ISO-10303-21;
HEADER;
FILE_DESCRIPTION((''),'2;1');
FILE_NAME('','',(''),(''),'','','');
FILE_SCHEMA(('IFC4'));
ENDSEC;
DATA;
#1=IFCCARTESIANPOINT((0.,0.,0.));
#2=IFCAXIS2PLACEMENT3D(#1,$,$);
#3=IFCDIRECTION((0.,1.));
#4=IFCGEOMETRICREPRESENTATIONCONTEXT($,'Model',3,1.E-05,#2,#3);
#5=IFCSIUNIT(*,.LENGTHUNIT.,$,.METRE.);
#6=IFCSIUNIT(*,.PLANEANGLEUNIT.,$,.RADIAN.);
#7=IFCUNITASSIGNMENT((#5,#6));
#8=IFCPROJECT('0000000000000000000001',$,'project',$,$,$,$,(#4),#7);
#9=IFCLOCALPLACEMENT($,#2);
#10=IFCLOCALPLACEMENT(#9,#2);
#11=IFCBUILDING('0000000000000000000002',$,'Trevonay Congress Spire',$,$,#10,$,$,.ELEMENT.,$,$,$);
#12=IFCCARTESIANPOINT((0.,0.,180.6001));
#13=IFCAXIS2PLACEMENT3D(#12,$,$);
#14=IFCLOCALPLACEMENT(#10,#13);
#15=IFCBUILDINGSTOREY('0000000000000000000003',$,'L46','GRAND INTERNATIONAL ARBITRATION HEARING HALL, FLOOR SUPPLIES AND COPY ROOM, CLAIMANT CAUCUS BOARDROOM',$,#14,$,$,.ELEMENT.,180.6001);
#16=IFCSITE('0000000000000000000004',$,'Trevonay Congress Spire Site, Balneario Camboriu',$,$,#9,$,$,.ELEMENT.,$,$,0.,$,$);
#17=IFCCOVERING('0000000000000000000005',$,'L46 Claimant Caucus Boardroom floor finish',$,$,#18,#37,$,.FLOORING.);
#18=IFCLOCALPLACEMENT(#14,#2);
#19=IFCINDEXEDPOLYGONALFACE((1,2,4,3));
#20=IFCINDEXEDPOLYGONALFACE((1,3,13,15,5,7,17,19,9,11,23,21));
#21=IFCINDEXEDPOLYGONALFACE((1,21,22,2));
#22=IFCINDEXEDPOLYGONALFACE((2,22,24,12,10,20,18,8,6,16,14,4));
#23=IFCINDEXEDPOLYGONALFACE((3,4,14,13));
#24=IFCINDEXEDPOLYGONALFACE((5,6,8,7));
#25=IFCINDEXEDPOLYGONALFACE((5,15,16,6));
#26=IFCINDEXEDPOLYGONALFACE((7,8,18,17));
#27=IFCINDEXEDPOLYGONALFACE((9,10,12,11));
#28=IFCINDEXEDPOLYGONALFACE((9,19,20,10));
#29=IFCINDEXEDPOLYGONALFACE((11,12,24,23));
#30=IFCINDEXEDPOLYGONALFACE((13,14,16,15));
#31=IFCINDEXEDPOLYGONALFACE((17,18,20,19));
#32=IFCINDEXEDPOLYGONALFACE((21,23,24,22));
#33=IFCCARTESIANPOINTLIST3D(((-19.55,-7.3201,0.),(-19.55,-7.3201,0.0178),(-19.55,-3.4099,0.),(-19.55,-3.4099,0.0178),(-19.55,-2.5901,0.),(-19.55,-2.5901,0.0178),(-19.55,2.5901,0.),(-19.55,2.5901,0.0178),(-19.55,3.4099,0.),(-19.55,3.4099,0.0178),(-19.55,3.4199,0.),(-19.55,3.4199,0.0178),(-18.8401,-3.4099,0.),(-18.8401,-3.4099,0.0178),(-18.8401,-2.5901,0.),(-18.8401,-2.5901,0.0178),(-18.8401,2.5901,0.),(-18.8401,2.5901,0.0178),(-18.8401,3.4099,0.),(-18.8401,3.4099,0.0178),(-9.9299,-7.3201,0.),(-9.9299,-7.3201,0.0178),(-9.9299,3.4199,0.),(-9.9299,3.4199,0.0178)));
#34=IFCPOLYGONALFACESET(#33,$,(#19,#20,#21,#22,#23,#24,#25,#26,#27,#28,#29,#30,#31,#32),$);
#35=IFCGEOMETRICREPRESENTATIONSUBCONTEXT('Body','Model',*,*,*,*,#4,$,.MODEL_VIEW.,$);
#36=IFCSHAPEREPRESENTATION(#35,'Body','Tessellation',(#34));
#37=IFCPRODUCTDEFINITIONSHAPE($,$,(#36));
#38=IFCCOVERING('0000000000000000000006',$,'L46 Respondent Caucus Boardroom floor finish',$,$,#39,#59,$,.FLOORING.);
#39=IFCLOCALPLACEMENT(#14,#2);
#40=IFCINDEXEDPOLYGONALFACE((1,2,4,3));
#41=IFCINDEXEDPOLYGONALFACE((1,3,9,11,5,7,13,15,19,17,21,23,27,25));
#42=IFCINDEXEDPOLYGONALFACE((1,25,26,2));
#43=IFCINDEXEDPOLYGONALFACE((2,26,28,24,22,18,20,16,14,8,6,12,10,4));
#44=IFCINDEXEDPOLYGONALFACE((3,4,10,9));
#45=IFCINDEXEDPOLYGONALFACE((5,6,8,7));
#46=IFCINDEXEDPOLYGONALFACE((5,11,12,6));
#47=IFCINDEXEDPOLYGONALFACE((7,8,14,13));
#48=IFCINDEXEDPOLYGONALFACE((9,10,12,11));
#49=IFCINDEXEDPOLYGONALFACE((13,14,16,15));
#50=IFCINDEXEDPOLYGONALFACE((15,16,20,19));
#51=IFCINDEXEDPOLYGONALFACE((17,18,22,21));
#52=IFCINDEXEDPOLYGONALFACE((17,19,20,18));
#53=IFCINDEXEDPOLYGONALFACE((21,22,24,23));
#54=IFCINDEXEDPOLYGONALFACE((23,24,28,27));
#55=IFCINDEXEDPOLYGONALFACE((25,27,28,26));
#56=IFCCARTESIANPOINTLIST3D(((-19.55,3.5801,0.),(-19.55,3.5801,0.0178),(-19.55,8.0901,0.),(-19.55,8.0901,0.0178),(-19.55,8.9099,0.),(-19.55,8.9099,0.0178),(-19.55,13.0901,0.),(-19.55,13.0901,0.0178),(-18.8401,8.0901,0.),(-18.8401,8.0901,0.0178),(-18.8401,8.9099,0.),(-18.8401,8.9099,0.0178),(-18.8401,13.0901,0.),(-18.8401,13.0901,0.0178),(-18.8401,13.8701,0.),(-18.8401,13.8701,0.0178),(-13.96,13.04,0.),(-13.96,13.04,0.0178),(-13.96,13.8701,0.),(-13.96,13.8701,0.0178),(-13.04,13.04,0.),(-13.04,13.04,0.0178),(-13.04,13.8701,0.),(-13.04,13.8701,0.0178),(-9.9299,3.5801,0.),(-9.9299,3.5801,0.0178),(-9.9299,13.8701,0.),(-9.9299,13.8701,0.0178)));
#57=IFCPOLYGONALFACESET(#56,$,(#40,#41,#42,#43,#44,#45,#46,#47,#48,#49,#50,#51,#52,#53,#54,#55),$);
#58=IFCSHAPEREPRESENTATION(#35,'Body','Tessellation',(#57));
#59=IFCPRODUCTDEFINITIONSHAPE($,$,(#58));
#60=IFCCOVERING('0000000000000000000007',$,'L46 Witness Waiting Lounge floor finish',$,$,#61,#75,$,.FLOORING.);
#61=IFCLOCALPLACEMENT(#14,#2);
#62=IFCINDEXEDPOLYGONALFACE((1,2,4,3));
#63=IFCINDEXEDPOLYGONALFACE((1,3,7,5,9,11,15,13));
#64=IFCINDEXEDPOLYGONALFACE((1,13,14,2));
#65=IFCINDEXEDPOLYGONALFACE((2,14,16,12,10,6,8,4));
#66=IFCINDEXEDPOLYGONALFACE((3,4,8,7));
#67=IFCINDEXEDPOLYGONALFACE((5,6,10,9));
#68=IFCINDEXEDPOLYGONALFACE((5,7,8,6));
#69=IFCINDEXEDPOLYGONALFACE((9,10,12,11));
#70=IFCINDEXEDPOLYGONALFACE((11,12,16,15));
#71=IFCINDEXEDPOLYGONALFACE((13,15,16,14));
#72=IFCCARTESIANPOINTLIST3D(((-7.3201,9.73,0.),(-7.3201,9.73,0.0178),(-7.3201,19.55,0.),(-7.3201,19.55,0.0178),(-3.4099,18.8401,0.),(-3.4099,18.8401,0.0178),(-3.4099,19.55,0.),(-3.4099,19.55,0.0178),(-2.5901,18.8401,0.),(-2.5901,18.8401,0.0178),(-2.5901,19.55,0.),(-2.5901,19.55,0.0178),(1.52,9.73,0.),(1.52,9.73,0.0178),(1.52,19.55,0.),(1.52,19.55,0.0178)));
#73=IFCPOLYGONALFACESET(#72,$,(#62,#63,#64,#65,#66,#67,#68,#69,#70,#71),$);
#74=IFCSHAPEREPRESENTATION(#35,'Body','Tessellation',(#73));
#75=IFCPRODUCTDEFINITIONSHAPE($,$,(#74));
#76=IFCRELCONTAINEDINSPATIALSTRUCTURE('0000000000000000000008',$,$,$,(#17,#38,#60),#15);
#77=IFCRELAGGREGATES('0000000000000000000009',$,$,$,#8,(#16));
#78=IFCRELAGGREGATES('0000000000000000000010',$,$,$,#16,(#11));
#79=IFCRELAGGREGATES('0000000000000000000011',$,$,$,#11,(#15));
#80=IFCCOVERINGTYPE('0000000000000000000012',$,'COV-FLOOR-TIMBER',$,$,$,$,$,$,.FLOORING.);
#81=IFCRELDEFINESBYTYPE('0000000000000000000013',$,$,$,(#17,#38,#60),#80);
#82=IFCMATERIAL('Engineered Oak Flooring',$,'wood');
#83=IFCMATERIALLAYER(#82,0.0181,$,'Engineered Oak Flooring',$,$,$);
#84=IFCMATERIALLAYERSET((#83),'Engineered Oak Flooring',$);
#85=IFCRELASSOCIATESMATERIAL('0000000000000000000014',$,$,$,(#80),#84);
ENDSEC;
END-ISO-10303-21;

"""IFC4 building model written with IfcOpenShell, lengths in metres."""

from ifc_helpers import new_model, si_unit, direction, frame, origin, place, context, subcontext, project, spatial, polyline, outline, extrude, material, layer, layer_set, type_object, element, save


model = new_model("IFC4")

# Units and contexts
model_context = context("Model", 3, precision=1e-05, world=origin(), true_north=direction((0.0, 1.0)))
body_context = subcontext(model_context, "Body", "Model", "MODEL_VIEW")
ifc_project = project(units=[si_unit("LENGTHUNIT", "METRE"), si_unit("PLANEANGLEUNIT", "RADIAN")], contexts=[model_context])

# Site, building, storey
site_placement = place(None, origin())
site = spatial("IfcSite", under=ifc_project, at=site_placement, Name="Trevonay Congress Spire Site, Balneario Camboriu", CompositionType="ELEMENT", RefElevation=0.0)
building_placement = place(site_placement, origin())
building = spatial("IfcBuilding", under=site, at=building_placement, Name="Trevonay Congress Spire", CompositionType="ELEMENT")
storey_placement = place(building_placement, frame((0.0, 0.0, 180.6001)))
storey = spatial("IfcBuildingStorey", under=building, at=storey_placement, Name="L46", Description="GRAND INTERNATIONAL ARBITRATION HEARING HALL, FLOOR SUPPLIES AND COPY ROOM, CLAIMANT CAUCUS BOARDROOM", CompositionType="ELEMENT", Elevation=180.6001)

# Coverings
ifc_material_1 = material(Name="Engineered Oak Flooring", Category="wood")
ifc_layer_1 = layer(ifc_material_1, 0.0181, Name="Engineered Oak Flooring")
ifc_layer_set_1 = layer_set([ifc_layer_1], Name="Engineered Oak Flooring")
covering_type_1 = type_object("IfcCoveringType", Name="COV-FLOOR-TIMBER", PredefinedType="FLOORING", material=ifc_layer_set_1)
covering_1_placement = place(storey_placement, origin())
element("IfcCovering", 1, at=covering_1_placement, inside=storey, type_object=covering_type_1, Name="L46 Claimant Caucus Boardroom floor finish", PredefinedType="FLOORING", context=body_context, shape_type="SweptSolid", body=[
    extrude(outline(polyline([(-19.55, 3.4199), (-9.9299, 3.4199), (-9.9299, -7.3201), (-19.55, -7.3201), (-19.55, -3.4099), (-18.8401, -3.4099), (-18.8401, -2.5901), (-19.55, -2.5901), (-19.55, 2.5901), (-18.8401, 2.5901), (-18.8401, 3.4099), (-19.55, 3.4099), (-19.55, 3.4199)])), origin(), (0.0, 0.0, 1.0), 0.0178),
])
covering_2_placement = place(storey_placement, origin())
element("IfcCovering", 2, at=covering_2_placement, inside=storey, type_object=covering_type_1, Name="L46 Respondent Caucus Boardroom floor finish", PredefinedType="FLOORING", context=body_context, shape_type="SweptSolid", body=[
    extrude(outline(polyline([(-9.9299, 13.8701), (-9.9299, 3.5801), (-19.55, 3.5801), (-19.55, 8.0901), (-18.8401, 8.0901), (-18.8401, 8.9099), (-19.55, 8.9099), (-19.55, 13.0901), (-18.8401, 13.0901), (-18.8401, 13.8701), (-13.96, 13.8701), (-13.96, 13.04), (-13.04, 13.04), (-13.04, 13.8701), (-9.9299, 13.8701)])), origin(), (0.0, 0.0, 1.0), 0.0178),
])
covering_3_placement = place(storey_placement, origin())
element("IfcCovering", 3, at=covering_3_placement, inside=storey, type_object=covering_type_1, Name="L46 Witness Waiting Lounge floor finish", PredefinedType="FLOORING", context=body_context, shape_type="SweptSolid", body=[
    extrude(outline(polyline([(1.52, 19.55), (1.52, 9.73), (-7.3201, 9.73), (-7.3201, 19.55), (-3.4099, 19.55), (-3.4099, 18.8401), (-2.5901, 18.8401), (-2.5901, 19.55), (1.52, 19.55)])), origin(), (0.0, 0.0, 1.0), 0.0178),
])

save(model, "model.ifc")
